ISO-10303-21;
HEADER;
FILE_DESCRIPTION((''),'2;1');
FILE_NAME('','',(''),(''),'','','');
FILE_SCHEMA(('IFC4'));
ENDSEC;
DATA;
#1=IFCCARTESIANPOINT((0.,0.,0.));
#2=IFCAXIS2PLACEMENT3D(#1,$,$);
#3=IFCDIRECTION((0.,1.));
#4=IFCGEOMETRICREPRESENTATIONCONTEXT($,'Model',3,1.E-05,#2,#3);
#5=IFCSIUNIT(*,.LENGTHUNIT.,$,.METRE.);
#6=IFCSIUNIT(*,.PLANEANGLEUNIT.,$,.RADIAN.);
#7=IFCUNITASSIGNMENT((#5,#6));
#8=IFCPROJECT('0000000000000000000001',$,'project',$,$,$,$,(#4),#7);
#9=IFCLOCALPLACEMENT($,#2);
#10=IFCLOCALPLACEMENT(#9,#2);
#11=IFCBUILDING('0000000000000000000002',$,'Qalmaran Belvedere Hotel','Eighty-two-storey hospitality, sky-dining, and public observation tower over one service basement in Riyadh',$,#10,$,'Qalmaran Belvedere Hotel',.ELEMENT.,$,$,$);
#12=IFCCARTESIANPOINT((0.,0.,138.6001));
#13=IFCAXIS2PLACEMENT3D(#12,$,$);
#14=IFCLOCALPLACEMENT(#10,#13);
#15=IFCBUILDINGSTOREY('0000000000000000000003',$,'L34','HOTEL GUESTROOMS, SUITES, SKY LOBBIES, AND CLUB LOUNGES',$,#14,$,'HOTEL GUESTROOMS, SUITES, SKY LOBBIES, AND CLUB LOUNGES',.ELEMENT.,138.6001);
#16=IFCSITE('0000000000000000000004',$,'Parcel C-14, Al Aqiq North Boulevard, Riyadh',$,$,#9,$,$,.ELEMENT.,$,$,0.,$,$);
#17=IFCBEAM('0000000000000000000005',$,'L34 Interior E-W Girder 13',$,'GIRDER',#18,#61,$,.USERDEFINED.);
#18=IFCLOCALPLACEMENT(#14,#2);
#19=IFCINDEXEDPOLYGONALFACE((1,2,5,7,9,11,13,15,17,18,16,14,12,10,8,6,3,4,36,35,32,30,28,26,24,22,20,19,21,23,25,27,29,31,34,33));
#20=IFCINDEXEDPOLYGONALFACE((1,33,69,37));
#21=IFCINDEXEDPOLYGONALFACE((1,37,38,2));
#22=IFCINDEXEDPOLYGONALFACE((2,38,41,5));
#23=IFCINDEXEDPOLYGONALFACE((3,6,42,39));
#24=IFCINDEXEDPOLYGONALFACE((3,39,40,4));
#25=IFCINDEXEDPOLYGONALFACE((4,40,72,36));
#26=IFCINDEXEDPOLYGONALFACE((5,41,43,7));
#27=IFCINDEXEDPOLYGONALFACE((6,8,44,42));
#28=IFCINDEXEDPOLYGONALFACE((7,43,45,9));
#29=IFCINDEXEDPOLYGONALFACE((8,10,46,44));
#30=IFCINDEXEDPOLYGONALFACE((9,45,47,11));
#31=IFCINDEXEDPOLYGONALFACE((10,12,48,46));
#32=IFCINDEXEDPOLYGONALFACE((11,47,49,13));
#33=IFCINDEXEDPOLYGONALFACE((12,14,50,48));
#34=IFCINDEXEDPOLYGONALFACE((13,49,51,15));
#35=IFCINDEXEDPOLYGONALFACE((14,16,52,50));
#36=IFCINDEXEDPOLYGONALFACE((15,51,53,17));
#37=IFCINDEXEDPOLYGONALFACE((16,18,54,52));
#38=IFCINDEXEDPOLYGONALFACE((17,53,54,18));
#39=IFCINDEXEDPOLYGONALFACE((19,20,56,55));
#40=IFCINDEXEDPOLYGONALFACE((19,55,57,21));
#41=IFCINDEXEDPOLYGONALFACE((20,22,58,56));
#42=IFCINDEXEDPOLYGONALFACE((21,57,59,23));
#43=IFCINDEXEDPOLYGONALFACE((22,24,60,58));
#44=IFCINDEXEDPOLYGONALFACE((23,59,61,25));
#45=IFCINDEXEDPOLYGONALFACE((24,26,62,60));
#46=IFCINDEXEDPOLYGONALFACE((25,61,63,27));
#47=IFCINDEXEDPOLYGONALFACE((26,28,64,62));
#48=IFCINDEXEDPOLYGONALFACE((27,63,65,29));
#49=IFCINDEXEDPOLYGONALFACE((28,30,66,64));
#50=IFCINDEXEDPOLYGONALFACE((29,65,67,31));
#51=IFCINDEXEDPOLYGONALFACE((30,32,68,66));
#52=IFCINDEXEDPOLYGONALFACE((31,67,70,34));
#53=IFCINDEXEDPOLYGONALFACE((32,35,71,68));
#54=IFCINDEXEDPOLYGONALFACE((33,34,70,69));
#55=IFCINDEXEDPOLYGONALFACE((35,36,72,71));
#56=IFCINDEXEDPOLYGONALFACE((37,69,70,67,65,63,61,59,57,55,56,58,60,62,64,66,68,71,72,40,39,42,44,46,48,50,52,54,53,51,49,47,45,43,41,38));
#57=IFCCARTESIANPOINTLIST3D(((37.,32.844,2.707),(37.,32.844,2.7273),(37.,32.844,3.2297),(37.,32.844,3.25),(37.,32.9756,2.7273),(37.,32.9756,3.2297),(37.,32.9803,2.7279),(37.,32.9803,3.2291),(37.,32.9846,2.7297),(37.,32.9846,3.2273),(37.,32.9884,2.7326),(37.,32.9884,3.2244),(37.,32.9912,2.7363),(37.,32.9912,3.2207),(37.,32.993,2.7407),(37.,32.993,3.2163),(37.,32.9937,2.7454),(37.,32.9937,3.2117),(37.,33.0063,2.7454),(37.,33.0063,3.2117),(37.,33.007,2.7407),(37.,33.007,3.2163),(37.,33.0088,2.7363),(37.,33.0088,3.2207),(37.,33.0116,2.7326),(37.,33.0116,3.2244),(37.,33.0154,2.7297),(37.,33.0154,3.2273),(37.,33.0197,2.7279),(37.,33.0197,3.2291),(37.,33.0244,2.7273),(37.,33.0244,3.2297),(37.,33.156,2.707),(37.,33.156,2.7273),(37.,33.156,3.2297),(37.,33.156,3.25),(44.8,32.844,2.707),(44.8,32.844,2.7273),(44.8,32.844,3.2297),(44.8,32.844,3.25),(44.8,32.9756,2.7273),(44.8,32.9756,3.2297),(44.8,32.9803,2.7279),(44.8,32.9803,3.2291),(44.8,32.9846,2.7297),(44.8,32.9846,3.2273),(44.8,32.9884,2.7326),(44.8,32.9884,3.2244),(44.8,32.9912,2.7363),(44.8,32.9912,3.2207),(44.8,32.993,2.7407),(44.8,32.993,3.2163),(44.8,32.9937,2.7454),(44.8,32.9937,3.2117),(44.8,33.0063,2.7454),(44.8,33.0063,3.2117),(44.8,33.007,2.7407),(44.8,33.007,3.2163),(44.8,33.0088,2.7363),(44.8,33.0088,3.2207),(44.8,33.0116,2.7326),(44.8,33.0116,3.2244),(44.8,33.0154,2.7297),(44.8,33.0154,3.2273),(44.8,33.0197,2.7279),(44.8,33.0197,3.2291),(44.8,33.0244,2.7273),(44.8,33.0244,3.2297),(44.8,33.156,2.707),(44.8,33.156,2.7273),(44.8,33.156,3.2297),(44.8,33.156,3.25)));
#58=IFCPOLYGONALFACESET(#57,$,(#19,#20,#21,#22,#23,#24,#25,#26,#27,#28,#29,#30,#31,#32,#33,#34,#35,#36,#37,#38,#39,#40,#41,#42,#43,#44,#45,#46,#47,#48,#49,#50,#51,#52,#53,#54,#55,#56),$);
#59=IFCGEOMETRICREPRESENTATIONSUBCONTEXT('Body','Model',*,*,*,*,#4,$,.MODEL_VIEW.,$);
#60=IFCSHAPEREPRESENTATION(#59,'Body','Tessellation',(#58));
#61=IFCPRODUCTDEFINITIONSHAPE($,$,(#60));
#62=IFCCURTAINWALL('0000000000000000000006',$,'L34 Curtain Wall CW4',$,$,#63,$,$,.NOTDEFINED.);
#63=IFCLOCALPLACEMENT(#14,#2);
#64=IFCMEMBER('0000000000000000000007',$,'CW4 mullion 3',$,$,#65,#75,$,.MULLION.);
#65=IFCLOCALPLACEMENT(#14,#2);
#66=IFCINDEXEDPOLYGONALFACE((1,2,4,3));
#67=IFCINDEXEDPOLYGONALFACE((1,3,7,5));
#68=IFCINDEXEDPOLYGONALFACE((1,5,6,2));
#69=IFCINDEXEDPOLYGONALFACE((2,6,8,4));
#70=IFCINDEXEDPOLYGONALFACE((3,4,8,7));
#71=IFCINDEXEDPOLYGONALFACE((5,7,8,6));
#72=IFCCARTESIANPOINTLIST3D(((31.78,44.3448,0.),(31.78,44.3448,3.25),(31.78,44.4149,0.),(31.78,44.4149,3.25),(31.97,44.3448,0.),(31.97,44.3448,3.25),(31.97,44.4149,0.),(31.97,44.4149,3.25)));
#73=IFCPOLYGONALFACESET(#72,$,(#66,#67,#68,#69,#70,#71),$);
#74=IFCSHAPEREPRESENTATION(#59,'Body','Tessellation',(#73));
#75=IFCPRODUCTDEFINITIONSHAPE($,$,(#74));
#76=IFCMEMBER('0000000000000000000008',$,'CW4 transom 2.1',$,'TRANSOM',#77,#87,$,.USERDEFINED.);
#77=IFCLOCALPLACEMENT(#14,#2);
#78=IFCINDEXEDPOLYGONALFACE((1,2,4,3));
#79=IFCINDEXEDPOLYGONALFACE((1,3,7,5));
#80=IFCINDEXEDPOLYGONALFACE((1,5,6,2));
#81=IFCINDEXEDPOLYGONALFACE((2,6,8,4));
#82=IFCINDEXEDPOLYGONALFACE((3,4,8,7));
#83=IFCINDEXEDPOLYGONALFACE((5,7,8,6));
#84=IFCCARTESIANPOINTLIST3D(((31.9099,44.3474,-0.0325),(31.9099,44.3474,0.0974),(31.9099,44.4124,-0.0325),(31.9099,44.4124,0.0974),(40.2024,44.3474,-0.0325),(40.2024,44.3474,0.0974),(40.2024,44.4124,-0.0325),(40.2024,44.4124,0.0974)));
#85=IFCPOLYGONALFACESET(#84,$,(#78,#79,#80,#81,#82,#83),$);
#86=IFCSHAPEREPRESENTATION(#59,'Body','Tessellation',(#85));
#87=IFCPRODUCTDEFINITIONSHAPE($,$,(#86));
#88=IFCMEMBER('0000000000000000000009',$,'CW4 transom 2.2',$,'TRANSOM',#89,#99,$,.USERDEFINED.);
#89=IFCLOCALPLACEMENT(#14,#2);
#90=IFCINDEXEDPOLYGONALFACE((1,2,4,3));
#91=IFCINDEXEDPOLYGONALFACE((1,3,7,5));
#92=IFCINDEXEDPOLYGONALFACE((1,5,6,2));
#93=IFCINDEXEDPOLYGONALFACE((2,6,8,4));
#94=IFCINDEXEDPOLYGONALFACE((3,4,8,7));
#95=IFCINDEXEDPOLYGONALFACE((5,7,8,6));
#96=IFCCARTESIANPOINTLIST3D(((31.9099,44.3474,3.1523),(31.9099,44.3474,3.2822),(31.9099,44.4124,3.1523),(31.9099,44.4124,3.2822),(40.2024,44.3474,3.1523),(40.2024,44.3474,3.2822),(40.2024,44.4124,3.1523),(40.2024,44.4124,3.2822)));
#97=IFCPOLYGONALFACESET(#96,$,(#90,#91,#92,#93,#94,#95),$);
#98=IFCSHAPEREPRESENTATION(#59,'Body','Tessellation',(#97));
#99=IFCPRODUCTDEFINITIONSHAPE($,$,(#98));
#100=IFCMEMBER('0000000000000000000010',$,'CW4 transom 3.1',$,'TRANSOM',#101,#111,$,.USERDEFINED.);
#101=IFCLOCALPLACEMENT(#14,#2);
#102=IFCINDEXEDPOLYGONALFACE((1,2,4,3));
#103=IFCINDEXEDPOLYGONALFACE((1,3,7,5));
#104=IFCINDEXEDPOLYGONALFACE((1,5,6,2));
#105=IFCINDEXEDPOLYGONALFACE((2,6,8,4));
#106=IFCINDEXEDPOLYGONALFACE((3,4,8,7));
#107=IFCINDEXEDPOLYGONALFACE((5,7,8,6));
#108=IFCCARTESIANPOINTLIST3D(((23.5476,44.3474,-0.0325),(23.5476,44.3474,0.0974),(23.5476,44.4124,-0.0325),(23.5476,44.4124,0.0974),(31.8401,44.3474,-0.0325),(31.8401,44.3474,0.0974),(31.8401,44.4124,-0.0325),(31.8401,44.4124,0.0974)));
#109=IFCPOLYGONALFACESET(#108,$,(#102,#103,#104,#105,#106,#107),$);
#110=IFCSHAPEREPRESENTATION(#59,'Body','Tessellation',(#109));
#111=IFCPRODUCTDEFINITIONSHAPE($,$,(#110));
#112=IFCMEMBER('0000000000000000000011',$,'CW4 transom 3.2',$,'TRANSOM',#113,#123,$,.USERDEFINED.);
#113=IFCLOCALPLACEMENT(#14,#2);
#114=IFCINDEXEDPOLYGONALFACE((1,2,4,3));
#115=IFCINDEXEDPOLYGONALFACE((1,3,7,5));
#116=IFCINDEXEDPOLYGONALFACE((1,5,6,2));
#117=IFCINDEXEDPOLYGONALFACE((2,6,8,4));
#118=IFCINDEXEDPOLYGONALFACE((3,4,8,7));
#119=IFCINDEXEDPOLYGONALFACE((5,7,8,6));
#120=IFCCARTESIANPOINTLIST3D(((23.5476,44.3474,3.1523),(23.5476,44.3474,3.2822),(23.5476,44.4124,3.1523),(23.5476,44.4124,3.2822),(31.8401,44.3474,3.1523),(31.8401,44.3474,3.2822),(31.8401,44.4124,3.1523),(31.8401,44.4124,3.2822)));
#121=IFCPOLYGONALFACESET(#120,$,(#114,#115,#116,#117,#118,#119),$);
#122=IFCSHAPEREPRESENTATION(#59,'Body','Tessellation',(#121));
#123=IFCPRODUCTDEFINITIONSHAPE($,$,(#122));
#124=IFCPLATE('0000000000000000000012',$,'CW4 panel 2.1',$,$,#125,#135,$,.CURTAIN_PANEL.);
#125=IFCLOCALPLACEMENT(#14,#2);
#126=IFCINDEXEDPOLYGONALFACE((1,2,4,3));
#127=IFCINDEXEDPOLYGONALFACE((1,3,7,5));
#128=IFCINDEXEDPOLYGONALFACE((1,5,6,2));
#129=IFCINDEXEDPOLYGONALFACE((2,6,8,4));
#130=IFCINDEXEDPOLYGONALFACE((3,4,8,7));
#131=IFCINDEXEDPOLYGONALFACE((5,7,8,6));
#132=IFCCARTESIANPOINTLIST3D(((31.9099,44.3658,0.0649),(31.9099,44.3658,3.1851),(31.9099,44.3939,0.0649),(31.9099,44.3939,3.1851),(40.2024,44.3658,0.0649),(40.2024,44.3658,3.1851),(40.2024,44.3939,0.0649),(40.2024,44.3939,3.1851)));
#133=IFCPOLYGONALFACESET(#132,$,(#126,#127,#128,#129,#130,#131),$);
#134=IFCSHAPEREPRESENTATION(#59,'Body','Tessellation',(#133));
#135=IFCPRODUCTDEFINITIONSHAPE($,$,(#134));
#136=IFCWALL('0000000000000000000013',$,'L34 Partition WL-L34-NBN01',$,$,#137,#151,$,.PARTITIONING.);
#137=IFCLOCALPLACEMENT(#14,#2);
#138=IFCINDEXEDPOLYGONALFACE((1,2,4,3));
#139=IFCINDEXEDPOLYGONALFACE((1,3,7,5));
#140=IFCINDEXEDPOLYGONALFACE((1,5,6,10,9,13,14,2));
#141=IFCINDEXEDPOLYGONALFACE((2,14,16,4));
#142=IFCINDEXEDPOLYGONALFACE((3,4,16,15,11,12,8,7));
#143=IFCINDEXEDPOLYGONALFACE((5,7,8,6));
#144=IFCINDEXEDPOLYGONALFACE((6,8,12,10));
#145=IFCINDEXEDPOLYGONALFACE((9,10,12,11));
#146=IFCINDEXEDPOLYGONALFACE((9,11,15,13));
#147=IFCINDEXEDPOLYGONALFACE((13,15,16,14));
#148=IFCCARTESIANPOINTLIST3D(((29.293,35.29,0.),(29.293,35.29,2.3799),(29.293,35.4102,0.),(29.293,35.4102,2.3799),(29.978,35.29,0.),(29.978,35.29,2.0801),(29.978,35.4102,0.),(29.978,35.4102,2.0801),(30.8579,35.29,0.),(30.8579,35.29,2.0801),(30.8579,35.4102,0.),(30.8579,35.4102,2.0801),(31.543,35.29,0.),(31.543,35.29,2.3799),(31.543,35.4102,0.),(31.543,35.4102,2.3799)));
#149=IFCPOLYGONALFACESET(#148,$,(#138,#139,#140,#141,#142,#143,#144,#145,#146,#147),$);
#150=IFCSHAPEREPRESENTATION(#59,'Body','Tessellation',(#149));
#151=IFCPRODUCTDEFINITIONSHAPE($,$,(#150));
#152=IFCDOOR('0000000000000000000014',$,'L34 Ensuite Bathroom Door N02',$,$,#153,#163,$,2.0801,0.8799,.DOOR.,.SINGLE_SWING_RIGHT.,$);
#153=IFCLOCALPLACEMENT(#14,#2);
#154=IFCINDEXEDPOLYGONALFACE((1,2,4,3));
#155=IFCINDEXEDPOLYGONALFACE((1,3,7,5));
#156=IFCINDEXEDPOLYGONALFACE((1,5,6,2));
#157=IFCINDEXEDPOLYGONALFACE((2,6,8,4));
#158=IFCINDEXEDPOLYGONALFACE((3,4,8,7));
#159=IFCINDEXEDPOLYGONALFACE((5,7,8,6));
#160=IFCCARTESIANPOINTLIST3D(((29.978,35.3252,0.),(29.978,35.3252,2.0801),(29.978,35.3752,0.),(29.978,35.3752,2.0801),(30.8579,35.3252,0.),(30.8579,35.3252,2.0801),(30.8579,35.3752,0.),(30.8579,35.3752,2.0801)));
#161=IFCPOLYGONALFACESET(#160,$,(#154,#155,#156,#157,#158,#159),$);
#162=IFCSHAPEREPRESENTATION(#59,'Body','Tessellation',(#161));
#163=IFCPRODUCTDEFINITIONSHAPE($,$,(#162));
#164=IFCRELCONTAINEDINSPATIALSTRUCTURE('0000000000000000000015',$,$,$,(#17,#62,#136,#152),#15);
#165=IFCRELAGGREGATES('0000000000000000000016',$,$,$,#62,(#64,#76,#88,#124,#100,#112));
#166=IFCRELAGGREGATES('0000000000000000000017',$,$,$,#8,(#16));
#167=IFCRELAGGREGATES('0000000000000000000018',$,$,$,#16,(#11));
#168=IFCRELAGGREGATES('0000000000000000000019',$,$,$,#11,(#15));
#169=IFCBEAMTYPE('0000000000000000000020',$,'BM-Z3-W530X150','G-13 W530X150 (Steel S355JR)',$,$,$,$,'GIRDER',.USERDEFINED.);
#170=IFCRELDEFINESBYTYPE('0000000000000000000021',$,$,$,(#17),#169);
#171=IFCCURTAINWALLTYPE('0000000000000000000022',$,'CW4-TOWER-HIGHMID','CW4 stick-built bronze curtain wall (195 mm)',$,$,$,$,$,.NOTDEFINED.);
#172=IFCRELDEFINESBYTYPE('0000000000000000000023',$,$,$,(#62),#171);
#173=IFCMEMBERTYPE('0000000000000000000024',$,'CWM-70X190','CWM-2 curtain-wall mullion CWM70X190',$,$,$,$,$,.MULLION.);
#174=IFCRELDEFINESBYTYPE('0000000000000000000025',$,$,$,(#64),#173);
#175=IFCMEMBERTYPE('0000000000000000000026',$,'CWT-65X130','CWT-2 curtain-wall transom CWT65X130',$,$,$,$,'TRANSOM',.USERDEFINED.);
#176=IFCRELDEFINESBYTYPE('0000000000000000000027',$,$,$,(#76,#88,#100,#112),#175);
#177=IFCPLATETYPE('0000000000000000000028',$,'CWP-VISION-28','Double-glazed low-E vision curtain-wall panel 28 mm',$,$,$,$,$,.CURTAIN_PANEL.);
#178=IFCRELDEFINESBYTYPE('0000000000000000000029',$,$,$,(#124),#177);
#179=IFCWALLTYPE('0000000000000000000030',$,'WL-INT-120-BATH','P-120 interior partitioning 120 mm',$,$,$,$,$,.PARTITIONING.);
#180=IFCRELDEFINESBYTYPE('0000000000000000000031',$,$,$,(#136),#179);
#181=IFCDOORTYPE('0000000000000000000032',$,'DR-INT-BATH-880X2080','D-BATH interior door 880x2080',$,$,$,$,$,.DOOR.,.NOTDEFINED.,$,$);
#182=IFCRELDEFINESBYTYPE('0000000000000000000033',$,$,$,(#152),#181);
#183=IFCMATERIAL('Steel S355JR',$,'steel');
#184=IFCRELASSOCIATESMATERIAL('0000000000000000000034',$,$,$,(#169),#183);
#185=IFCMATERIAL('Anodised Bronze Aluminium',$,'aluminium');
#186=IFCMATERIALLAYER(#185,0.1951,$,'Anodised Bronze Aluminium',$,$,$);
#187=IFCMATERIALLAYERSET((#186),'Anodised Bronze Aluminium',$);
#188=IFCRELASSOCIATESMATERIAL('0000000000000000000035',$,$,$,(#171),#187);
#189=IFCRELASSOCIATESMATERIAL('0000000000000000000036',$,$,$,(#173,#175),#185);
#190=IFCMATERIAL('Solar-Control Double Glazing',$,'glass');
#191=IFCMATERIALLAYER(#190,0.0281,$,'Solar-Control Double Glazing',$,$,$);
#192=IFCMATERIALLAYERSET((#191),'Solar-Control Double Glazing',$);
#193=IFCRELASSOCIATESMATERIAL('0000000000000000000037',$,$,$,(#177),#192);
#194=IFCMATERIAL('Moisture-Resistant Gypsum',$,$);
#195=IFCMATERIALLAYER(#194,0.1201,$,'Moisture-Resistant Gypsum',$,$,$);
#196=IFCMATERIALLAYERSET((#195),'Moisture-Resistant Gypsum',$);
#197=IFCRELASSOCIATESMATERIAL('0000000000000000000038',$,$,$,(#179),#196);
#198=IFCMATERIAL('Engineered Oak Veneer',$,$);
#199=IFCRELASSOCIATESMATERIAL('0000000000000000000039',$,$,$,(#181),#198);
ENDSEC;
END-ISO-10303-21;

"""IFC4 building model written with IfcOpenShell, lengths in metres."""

from ifc_helpers import new_model, si_unit, direction, frame, frame_2d, origin, origin_2d, place, context, subcontext, project, spatial, rectangle, i_section, extrude, material, layer, layer_set, material_profile, profile_set, type_object, element, fill, aggregate, save


model = new_model("IFC4")

# Units and contexts
model_context = context("Model", 3, precision=1e-05, world=origin(), true_north=direction((0.0, 1.0)))
body_context = subcontext(model_context, "Body", "Model", "MODEL_VIEW")
ifc_project = project(units=[si_unit("LENGTHUNIT", "METRE"), si_unit("PLANEANGLEUNIT", "RADIAN")], contexts=[model_context])

# Site, building, storey
site_placement = place(None, origin())
site = spatial("IfcSite", under=ifc_project, at=site_placement, Name="Parcel C-14, Al Aqiq North Boulevard, Riyadh", CompositionType="ELEMENT", RefElevation=0.0)
building_placement = place(site_placement, origin())
building = spatial("IfcBuilding", under=site, at=building_placement, Name="Qalmaran Belvedere Hotel", Description="Eighty-two-storey hospitality, sky-dining, and public observation tower over one service basement in Riyadh", LongName="Qalmaran Belvedere Hotel", CompositionType="ELEMENT")
storey_placement = place(building_placement, frame((0.0, 0.0, 138.6001)))
storey = spatial("IfcBuildingStorey", under=building, at=storey_placement, Name="L34", Description="HOTEL GUESTROOMS, SUITES, SKY LOBBIES, AND CLUB LOUNGES", LongName="HOTEL GUESTROOMS, SUITES, SKY LOBBIES, AND CLUB LOUNGES", CompositionType="ELEMENT", Elevation=138.6001)

# Beam
ifc_material_1 = material(Name="Steel S355JR", Category="steel")
ifc_material_profile_1 = material_profile(ifc_material_1, i_section(OverallWidth=0.312, OverallDepth=0.543, WebThickness=0.0127, FlangeThickness=0.0203, FilletRadius=0.0181, at=origin_2d()), Name="W530X150")
ifc_profile_set_1 = profile_set([ifc_material_profile_1], Name="Steel S355JR")
beam_type_1 = type_object("IfcBeamType", Name="BM-Z3-W530X150", Description="G-13 W530X150 (Steel S355JR)", ElementType="GIRDER", PredefinedType="USERDEFINED", material=ifc_profile_set_1)
beam_1_placement = place(storey_placement, frame((37.0, 33.0, 2.9785), z_axis=(1.0, 0.0, 0.0), x_axis=(0.0, 1.0, 0.0)))
element("IfcBeam", 1, at=beam_1_placement, inside=storey, type_object=beam_type_1, Name="L34 Interior E-W Girder 13", ObjectType="GIRDER", PredefinedType="USERDEFINED", context=body_context, shape_type="SweptSolid", body=[
    extrude(i_section(OverallWidth=0.312, OverallDepth=0.543, WebThickness=0.0127, FlangeThickness=0.0203, FilletRadius=0.0181, at=origin_2d()), origin(), (0.0, 0.0, 1.0), 7.8),
])

# Curtain wall, members, plate
ifc_material_2 = material(Name="Anodised Bronze Aluminium", Category="aluminium")
ifc_layer_1 = layer(ifc_material_2, 0.1951, Name="Anodised Bronze Aluminium")
ifc_layer_set_1 = layer_set([ifc_layer_1], Name="Anodised Bronze Aluminium")
curtain_wall_type = type_object("IfcCurtainWallType", Name="CW4-TOWER-HIGHMID", Description="CW4 stick-built bronze curtain wall (195 mm)", PredefinedType="NOTDEFINED", material=ifc_layer_set_1)
curtain_wall_placement = place(storey_placement, origin())
curtain_wall = element("IfcCurtainWall", 2, at=curtain_wall_placement, inside=storey, type_object=curtain_wall_type, Name="L34 Curtain Wall CW4", PredefinedType="NOTDEFINED")
ifc_material_profile_2 = material_profile(ifc_material_2, rectangle(XDim=0.0701, YDim=0.1899, at=origin_2d()), Name="CWM70X190")
ifc_profile_set_2 = profile_set([ifc_material_profile_2], Name="Anodised Bronze Aluminium")
member_type_1 = type_object("IfcMemberType", Name="CWM-70X190", Description="CWM-2 curtain-wall mullion CWM70X190", PredefinedType="MULLION", material=ifc_profile_set_2)
member_1_placement = place(storey_placement, frame((31.875, 44.3799, 0.0), z_axis=(0.0, 0.0, 1.0), x_axis=(0.0, -1.0, 0.0)))
member_1 = element("IfcMember", 3, at=member_1_placement, type_object=member_type_1, Name="CW4 mullion 3", PredefinedType="MULLION", context=body_context, shape_type="SweptSolid", body=[
    extrude(rectangle(XDim=0.0701, YDim=0.1899, at=origin_2d()), origin(), (0.0, 0.0, 1.0), 3.25),
])
ifc_material_profile_3 = material_profile(ifc_material_2, rectangle(XDim=0.0649, YDim=0.1299, at=origin_2d()), Name="CWT65X130")
ifc_profile_set_3 = profile_set([ifc_material_profile_3], Name="Anodised Bronze Aluminium")
member_type_2 = type_object("IfcMemberType", Name="CWT-65X130", Description="CWT-2 curtain-wall transom CWT65X130", ElementType="TRANSOM", PredefinedType="USERDEFINED", material=ifc_profile_set_3)
member_2_placement = place(storey_placement, frame((40.2024, 44.3799, 0.0325), z_axis=(-1.0, 0.0, 0.0), x_axis=(0.0, -1.0, 0.0)))
member_2 = element("IfcMember", 4, at=member_2_placement, type_object=member_type_2, Name="CW4 transom 2.1", ObjectType="TRANSOM", PredefinedType="USERDEFINED", context=body_context, shape_type="SweptSolid", body=[
    extrude(rectangle(XDim=0.0649, YDim=0.1299, at=origin_2d()), origin(), (0.0, 0.0, 1.0), 8.2925),
])
member_3_placement = place(storey_placement, frame((40.2024, 44.3799, 3.2173), z_axis=(-1.0, 0.0, 0.0), x_axis=(0.0, -1.0, 0.0)))
member_3 = element("IfcMember", 5, at=member_3_placement, type_object=member_type_2, Name="CW4 transom 2.2", ObjectType="TRANSOM", PredefinedType="USERDEFINED", context=body_context, shape_type="SweptSolid", body=[
    extrude(rectangle(XDim=0.0649, YDim=0.1299, at=origin_2d()), origin(), (0.0, 0.0, 1.0), 8.2925),
])
member_4_placement = place(storey_placement, frame((31.8401, 44.3799, 0.0325), z_axis=(-1.0, 0.0, 0.0), x_axis=(0.0, -1.0, 0.0)))
member_4 = element("IfcMember", 6, at=member_4_placement, type_object=member_type_2, Name="CW4 transom 3.1", ObjectType="TRANSOM", PredefinedType="USERDEFINED", context=body_context, shape_type="SweptSolid", body=[
    extrude(rectangle(XDim=0.0649, YDim=0.1299, at=origin_2d()), origin(), (0.0, 0.0, 1.0), 8.2925),
])
member_5_placement = place(storey_placement, frame((31.8401, 44.3799, 3.2173), z_axis=(-1.0, 0.0, 0.0), x_axis=(0.0, -1.0, 0.0)))
member_5 = element("IfcMember", 7, at=member_5_placement, type_object=member_type_2, Name="CW4 transom 3.2", ObjectType="TRANSOM", PredefinedType="USERDEFINED", context=body_context, shape_type="SweptSolid", body=[
    extrude(rectangle(XDim=0.0649, YDim=0.1299, at=origin_2d()), origin(), (0.0, 0.0, 1.0), 8.2925),
])
ifc_material_3 = material(Name="Solar-Control Double Glazing", Category="glass")
ifc_layer_2 = layer(ifc_material_3, 0.0281, Name="Solar-Control Double Glazing")
ifc_layer_set_2 = layer_set([ifc_layer_2], Name="Solar-Control Double Glazing")
plate_type = type_object("IfcPlateType", Name="CWP-VISION-28", Description="Double-glazed low-E vision curtain-wall panel 28 mm", PredefinedType="CURTAIN_PANEL", material=ifc_layer_set_2)
plate_placement = place(storey_placement, frame((36.0562, 44.3799, 0.0649), z_axis=(0.0, 0.0, 1.0), x_axis=(-1.0, 0.0, 0.0)))
plate = element("IfcPlate", 8, at=plate_placement, type_object=plate_type, Name="CW4 panel 2.1", PredefinedType="CURTAIN_PANEL", context=body_context, shape_type="SweptSolid", body=[
    extrude(rectangle(XDim=8.2925, YDim=0.0281, at=origin_2d()), origin(), (0.0, 0.0, 1.0), 3.1201),
])
aggregate(curtain_wall, [member_1, member_2, member_3, plate, member_4, member_5])

# Wall, opening, door
ifc_material_4 = material(Name="Moisture-Resistant Gypsum")
ifc_layer_3 = layer(ifc_material_4, 0.1201, Name="Moisture-Resistant Gypsum")
ifc_layer_set_3 = layer_set([ifc_layer_3], Name="Moisture-Resistant Gypsum")
wall_type_1 = type_object("IfcWallType", Name="WL-INT-120-BATH", Description="P-120 interior partitioning 120 mm", PredefinedType="PARTITIONING", material=ifc_layer_set_3)
wall_1_placement = place(storey_placement, frame((29.293, 35.3501, 0.0), z_axis=(0.0, 0.0, 1.0), x_axis=(1.0, 0.0, 0.0)))
wall_1 = element("IfcWall", 9, at=wall_1_placement, inside=storey, type_object=wall_type_1, Name="L34 Partition WL-L34-NBN01", PredefinedType="PARTITIONING", context=body_context, shape_type="SweptSolid", body=[
    extrude(rectangle(XDim=2.25, YDim=0.1201, at=frame_2d((1.125, 0.0))), origin(), (0.0, 0.0, 1.0), 2.3799),
])
opening_1_placement = place(wall_1_placement, frame((1.5649, 0.0, 0.0), z_axis=(0.0, 0.0, 1.0), x_axis=(-1.0, 0.0, 0.0)))
opening_1 = element("IfcOpeningElement", 10, at=opening_1_placement, cuts=wall_1, PredefinedType="OPENING", context=body_context, shape_type="SweptSolid", body=[
    extrude(rectangle(XDim=0.8799, YDim=2.0801, at=frame_2d((0.4399, 1.04))), frame((0.0, 0.0701, 0.0), z_axis=(0.0, -1.0, 0.0), x_axis=(1.0, 0.0, 0.0)), (0.0, 0.0, 1.0), 0.1401),
])
ifc_material_5 = material(Name="Engineered Oak Veneer")
door_type = type_object("IfcDoorType", Name="DR-INT-BATH-880X2080", Description="D-BATH interior door 880x2080", OperationType="NOTDEFINED", PredefinedType="DOOR", material=ifc_material_5)
door_1_placement = place(opening_1_placement, origin())
door_1 = element("IfcDoor", 11, at=door_1_placement, inside=storey, type_object=door_type, Name="L34 Ensuite Bathroom Door N02", OperationType="SINGLE_SWING_RIGHT", OverallHeight=2.0801, OverallWidth=0.8799, PredefinedType="DOOR", context=body_context, shape_type="SweptSolid", body=[
    extrude(rectangle(XDim=0.8799, YDim=2.0801, at=frame_2d((0.4399, 1.04))), frame((0.0, 0.0249, 0.0), z_axis=(0.0, -1.0, 0.0), x_axis=(1.0, 0.0, 0.0)), (0.0, 0.0, 1.0), 0.05),
])
fill(opening_1, door_1)

save(model, "model.ifc")
